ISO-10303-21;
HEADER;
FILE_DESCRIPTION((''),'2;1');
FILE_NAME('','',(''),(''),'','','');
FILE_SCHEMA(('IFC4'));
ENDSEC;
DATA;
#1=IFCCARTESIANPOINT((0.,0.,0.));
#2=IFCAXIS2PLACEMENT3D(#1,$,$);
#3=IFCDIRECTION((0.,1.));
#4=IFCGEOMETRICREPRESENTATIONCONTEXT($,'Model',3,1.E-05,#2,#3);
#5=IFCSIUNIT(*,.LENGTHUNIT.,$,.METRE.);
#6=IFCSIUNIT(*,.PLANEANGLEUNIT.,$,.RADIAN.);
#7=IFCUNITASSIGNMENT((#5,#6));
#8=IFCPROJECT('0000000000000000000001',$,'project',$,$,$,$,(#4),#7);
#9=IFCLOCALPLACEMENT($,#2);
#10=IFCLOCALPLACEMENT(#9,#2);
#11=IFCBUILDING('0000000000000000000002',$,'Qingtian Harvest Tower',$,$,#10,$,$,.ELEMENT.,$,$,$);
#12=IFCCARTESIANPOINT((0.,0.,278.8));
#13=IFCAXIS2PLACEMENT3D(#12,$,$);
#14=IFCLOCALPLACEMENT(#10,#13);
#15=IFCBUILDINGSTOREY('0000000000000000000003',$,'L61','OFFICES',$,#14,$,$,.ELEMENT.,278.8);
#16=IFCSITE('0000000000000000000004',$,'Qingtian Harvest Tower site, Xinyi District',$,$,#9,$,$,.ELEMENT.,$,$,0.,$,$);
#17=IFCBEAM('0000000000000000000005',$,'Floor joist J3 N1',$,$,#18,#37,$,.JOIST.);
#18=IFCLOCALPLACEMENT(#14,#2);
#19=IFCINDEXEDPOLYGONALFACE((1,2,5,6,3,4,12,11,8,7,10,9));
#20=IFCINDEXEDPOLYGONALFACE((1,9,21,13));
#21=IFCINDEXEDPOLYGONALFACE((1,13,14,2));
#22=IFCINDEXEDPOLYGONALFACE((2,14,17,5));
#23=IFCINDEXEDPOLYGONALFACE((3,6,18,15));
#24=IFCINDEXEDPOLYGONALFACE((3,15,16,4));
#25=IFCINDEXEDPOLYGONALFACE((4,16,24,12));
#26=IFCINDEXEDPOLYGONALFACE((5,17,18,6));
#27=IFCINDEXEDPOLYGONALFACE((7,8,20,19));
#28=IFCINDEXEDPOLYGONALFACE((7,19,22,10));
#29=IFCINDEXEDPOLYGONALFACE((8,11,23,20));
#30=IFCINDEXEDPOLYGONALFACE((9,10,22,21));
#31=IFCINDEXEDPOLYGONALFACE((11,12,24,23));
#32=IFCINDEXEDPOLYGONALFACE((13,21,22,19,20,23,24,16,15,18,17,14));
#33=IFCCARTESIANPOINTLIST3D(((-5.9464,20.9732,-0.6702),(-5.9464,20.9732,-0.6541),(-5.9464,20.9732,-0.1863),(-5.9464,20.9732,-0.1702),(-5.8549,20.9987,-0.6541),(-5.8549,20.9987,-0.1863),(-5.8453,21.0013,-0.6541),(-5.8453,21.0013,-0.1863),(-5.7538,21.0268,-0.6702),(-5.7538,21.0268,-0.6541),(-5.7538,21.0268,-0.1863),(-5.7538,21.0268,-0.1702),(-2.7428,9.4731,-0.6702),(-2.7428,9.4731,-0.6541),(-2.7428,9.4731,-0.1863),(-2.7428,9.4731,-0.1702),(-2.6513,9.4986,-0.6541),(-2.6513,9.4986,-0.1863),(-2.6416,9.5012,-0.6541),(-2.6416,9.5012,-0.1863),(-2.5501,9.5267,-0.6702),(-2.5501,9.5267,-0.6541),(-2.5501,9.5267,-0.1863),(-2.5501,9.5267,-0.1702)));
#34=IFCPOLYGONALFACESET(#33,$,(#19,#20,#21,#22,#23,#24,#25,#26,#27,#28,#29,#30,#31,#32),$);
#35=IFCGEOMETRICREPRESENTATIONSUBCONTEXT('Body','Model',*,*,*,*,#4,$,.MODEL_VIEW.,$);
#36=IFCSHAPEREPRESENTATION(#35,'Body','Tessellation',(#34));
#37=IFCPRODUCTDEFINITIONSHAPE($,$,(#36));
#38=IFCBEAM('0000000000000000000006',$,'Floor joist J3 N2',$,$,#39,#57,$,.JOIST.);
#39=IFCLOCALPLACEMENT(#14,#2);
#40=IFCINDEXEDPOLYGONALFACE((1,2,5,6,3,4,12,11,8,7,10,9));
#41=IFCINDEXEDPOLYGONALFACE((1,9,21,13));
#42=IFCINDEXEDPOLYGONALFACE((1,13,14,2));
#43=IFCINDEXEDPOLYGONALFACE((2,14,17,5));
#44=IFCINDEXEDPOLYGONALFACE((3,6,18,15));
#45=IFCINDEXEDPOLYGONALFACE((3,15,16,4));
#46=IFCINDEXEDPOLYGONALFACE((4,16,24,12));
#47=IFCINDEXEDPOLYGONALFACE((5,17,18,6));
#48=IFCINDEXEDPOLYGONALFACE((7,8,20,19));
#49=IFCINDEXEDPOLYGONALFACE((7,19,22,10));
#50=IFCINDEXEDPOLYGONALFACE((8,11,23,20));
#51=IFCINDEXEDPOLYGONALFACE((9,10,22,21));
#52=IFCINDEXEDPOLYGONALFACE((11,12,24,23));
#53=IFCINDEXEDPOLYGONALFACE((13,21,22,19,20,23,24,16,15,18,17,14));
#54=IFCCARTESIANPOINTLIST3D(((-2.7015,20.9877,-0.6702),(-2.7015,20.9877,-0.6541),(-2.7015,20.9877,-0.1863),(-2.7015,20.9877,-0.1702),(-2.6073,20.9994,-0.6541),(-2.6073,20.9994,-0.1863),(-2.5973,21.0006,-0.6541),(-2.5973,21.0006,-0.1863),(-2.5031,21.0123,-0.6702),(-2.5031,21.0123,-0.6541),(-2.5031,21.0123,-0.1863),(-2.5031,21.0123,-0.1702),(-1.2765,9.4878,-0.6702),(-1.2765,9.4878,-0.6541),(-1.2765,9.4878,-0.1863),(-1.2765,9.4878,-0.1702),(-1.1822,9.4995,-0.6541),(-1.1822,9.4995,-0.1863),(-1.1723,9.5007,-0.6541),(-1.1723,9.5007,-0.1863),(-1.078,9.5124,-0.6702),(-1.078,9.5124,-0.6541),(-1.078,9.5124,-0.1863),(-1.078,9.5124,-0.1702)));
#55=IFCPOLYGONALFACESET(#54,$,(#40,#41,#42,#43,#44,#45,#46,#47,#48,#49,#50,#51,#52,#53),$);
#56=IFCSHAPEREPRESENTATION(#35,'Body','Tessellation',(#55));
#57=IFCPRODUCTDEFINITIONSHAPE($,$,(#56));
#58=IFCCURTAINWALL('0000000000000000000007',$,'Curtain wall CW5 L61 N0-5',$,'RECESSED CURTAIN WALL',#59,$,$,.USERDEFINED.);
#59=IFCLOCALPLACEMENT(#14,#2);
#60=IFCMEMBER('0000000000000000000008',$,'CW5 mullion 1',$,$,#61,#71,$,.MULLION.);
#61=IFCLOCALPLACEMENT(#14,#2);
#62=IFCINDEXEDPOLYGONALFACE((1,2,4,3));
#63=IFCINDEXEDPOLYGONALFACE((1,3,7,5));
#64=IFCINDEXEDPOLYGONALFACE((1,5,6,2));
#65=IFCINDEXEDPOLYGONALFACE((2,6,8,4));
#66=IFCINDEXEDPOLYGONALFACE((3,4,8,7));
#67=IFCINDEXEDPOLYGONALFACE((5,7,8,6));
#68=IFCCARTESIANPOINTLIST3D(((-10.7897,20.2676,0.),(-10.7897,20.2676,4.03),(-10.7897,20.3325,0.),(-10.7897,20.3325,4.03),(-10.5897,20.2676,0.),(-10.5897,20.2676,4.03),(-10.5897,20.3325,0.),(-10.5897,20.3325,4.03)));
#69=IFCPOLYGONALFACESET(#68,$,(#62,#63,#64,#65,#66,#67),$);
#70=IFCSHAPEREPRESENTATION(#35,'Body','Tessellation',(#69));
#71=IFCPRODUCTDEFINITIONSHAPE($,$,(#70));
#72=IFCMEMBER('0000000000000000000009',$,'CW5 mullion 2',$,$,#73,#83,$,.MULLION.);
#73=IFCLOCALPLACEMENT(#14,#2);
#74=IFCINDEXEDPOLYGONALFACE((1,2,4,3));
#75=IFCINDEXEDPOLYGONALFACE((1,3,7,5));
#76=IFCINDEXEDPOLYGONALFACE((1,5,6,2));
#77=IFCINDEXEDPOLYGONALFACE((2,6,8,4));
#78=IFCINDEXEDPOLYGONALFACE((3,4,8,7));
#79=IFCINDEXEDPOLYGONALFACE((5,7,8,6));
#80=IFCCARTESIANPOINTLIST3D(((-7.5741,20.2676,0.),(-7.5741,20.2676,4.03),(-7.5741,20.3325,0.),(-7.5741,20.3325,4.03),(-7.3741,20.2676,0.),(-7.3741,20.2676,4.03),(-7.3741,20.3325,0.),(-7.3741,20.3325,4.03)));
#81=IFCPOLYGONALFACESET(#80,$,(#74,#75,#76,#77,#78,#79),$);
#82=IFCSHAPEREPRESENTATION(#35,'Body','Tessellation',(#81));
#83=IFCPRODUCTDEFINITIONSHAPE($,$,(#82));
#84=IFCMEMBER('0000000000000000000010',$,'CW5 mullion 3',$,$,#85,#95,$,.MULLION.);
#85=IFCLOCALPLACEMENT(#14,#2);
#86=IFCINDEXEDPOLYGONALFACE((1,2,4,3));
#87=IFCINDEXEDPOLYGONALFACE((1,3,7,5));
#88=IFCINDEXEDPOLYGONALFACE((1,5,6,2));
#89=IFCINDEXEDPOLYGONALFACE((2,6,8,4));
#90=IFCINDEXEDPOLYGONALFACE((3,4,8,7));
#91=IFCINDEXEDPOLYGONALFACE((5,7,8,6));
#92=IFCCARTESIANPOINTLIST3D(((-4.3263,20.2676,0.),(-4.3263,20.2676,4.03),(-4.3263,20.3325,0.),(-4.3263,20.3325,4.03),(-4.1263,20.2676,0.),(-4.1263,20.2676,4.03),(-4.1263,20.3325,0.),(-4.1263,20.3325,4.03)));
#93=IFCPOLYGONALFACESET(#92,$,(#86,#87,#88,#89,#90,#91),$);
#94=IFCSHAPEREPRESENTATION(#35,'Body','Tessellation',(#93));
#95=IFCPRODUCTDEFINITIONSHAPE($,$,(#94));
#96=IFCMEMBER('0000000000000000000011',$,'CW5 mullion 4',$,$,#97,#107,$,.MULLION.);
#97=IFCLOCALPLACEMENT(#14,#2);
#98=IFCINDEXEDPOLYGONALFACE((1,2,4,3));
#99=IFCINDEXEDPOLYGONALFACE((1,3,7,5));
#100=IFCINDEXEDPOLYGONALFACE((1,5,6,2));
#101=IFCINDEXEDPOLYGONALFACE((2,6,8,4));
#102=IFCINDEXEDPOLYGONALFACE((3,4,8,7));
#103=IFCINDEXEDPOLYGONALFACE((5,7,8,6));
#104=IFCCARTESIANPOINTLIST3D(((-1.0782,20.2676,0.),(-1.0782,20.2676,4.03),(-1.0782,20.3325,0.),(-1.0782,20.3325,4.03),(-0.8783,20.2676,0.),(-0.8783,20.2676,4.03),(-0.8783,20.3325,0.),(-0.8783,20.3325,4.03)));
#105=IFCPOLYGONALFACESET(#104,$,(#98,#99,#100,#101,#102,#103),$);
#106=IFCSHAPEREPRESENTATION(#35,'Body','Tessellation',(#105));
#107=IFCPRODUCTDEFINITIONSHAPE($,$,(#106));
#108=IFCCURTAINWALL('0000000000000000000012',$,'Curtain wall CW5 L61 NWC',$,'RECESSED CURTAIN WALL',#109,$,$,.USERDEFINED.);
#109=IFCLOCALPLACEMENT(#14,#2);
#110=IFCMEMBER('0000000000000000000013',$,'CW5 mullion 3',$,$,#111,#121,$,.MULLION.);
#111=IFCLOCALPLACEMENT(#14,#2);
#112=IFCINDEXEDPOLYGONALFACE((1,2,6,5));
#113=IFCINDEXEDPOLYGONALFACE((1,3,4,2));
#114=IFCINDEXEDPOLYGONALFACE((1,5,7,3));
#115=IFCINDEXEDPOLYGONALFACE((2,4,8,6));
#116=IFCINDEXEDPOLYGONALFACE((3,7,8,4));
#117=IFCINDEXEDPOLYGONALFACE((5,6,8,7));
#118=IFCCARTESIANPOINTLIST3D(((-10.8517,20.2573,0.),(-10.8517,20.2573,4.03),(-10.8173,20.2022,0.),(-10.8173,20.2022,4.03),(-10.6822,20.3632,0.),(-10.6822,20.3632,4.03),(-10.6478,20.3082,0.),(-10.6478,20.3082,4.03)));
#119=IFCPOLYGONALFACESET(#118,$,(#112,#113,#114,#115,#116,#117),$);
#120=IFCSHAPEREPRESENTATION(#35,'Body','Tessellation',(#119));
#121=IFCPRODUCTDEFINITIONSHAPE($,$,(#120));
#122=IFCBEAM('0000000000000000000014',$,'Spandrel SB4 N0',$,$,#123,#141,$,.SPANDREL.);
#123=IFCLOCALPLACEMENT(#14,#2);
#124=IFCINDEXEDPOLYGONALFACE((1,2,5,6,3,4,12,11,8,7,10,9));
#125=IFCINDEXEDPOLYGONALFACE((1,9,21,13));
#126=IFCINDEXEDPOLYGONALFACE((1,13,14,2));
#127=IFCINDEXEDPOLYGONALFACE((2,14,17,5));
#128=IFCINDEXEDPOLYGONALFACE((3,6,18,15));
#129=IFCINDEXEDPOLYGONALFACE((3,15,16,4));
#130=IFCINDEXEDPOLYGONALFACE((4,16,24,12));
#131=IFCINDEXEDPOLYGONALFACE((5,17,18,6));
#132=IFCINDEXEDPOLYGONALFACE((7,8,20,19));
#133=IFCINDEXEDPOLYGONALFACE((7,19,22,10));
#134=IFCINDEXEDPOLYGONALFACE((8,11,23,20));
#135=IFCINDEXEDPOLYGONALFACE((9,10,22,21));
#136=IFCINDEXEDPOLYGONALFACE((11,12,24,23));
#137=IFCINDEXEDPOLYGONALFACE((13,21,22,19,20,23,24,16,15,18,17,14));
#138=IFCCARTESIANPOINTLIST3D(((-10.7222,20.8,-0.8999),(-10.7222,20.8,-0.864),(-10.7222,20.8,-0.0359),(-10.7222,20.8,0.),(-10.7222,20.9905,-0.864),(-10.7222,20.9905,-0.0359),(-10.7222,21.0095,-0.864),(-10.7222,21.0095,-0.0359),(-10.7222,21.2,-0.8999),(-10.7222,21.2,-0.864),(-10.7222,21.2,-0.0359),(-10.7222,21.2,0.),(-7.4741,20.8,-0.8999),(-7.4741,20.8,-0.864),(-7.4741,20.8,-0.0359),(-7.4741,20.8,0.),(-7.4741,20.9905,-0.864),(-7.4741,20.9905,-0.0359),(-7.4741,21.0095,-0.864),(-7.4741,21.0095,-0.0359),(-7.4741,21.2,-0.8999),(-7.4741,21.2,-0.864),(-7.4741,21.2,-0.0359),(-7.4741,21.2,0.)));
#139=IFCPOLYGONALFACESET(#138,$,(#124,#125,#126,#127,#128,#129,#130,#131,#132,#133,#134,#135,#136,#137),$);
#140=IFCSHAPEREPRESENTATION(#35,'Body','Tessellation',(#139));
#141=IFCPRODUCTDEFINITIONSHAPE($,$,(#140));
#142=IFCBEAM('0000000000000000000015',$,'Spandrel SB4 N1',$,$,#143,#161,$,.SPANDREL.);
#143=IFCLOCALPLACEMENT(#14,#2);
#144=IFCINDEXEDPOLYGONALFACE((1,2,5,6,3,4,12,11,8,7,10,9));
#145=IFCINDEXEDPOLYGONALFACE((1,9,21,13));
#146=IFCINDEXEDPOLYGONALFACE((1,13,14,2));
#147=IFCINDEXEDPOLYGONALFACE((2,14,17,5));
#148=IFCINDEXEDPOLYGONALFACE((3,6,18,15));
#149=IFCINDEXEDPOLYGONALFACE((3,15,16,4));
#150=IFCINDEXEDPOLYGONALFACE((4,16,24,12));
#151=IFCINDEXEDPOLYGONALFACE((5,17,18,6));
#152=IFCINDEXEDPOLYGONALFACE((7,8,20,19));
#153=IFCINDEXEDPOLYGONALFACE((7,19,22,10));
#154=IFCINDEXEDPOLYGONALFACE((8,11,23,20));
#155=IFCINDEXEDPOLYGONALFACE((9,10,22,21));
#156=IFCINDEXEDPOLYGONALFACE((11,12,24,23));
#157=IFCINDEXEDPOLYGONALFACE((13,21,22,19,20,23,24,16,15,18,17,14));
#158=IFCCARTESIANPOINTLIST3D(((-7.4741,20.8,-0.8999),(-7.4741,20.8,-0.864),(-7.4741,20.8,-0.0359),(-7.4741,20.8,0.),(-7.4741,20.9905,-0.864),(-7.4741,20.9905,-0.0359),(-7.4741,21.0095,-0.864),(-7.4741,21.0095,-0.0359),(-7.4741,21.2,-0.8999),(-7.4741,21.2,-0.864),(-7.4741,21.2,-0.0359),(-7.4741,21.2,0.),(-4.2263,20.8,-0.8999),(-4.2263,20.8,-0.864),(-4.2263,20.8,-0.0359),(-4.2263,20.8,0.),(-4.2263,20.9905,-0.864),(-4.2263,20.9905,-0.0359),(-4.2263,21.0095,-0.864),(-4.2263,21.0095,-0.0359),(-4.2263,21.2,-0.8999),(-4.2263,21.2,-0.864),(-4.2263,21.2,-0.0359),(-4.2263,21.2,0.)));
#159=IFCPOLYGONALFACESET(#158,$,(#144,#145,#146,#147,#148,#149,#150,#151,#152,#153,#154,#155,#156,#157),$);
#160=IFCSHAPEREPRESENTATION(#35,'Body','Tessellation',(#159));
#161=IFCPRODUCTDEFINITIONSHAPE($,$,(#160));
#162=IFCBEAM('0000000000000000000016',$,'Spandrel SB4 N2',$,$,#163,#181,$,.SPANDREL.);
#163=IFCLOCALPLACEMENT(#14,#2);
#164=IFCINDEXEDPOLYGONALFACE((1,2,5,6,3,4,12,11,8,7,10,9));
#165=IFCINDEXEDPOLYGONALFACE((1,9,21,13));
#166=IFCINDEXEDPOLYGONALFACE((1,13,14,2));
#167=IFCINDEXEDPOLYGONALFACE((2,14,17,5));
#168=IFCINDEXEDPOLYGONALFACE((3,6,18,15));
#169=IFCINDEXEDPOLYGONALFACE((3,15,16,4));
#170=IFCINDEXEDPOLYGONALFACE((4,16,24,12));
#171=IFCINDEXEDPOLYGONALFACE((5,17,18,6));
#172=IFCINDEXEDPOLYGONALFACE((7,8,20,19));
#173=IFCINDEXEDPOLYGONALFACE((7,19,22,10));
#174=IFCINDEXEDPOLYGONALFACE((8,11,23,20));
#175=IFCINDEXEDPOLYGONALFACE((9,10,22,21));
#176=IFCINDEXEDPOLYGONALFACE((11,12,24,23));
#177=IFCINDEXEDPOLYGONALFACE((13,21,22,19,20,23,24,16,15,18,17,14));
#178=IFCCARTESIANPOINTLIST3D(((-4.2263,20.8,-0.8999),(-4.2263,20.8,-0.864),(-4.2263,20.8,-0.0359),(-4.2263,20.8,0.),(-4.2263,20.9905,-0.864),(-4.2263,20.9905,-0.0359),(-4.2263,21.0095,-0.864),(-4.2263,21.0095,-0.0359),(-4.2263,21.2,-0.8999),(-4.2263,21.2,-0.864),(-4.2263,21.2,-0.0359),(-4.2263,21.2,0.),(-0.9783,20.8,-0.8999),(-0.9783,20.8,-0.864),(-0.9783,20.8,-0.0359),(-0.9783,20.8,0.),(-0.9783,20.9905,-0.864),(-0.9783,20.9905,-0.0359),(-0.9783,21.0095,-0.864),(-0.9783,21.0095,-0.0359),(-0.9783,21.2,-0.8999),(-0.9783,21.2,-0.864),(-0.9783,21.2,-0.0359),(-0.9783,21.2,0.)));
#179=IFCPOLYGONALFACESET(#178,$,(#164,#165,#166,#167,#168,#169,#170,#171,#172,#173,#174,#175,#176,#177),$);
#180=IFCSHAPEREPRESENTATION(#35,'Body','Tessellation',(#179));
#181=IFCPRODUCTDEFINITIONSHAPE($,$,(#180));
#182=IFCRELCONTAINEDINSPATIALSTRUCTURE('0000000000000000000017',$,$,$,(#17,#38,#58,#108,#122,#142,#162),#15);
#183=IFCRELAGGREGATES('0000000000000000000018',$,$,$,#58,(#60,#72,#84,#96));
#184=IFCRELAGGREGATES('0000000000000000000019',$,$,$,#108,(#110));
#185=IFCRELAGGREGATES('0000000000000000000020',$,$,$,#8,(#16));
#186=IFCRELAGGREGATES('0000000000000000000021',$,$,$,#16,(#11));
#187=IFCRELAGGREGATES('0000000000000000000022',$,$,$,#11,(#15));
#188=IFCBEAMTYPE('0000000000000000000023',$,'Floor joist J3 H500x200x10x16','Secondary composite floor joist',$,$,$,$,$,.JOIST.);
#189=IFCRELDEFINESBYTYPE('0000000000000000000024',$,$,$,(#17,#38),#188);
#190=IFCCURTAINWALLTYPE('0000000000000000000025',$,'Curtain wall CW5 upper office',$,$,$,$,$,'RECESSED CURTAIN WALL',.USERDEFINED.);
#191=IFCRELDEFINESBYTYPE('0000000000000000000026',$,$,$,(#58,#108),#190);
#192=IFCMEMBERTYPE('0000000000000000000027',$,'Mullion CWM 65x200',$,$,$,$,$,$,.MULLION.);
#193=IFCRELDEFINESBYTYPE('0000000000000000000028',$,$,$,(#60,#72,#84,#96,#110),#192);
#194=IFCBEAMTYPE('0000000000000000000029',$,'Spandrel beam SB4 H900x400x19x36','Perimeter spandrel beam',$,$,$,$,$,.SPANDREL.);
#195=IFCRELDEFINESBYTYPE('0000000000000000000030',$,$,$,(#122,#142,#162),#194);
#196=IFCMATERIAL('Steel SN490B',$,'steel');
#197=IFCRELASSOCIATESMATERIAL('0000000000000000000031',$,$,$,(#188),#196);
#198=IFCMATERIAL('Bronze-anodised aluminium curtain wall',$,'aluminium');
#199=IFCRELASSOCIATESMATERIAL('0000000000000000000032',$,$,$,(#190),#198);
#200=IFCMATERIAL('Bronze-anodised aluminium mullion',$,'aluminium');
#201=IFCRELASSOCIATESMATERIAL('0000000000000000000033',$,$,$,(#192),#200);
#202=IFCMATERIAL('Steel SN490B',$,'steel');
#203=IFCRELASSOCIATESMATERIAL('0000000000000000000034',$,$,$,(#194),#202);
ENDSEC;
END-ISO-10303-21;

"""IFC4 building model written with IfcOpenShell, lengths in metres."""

from ifc_helpers import new_model, si_unit, direction, frame, origin, origin_2d, place, context, subcontext, project, spatial, rectangle, i_section, extrude, material, material_profile, profile_set, type_object, element, aggregate, save


model = new_model("IFC4")

# Units and contexts
model_context = context("Model", 3, precision=1e-05, world=origin(), true_north=direction((0.0, 1.0)))
body_context = subcontext(model_context, "Body", "Model", "MODEL_VIEW")
ifc_project = project(units=[si_unit("LENGTHUNIT", "METRE"), si_unit("PLANEANGLEUNIT", "RADIAN")], contexts=[model_context])

# Site, building, storey
site_placement = place(None, origin())
site = spatial("IfcSite", under=ifc_project, at=site_placement, Name="Qingtian Harvest Tower site, Xinyi District", CompositionType="ELEMENT", RefElevation=0.0)
building_placement = place(site_placement, origin())
building = spatial("IfcBuilding", under=site, at=building_placement, Name="Qingtian Harvest Tower", CompositionType="ELEMENT")
storey_placement = place(building_placement, frame((0.0, 0.0, 278.8)))
storey = spatial("IfcBuildingStorey", under=building, at=storey_placement, Name="L61", Description="OFFICES", CompositionType="ELEMENT", Elevation=278.8)

# Beams
ifc_material_1 = material(Name="Steel SN490B", Category="steel")
ifc_material_profile_1 = material_profile(ifc_material_1, i_section(OverallWidth=0.2, OverallDepth=0.5, WebThickness=0.01, FlangeThickness=0.0161, at=origin_2d()), Name="H500x200x10x16")
ifc_profile_set_1 = profile_set([ifc_material_profile_1], Name="Steel SN490B")
beam_type_1 = type_object("IfcBeamType", Name="Floor joist J3 H500x200x10x16", Description="Secondary composite floor joist", PredefinedType="JOIST", material=ifc_profile_set_1)
beam_1_placement = place(storey_placement, frame((-5.8501, 21.0, -0.4202), z_axis=(0.268357, -0.96332, 0.0), x_axis=(0.96332, 0.268357, 0.0)))
element("IfcBeam", 1, at=beam_1_placement, inside=storey, type_object=beam_type_1, Name="Floor joist J3 N1", PredefinedType="JOIST", context=body_context, shape_type="SweptSolid", body=[
    extrude(i_section(OverallWidth=0.2, OverallDepth=0.5, WebThickness=0.01, FlangeThickness=0.0161, at=origin_2d()), origin(), (0.0, 0.0, 1.0), 11.938),
])
beam_2_placement = place(storey_placement, frame((-2.6023, 21.0, -0.4202), z_axis=(0.122977, -0.99241, 0.0), x_axis=(0.99241, 0.122977, 0.0)))
element("IfcBeam", 2, at=beam_2_placement, inside=storey, type_object=beam_type_1, Name="Floor joist J3 N2", PredefinedType="JOIST", context=body_context, shape_type="SweptSolid", body=[
    extrude(i_section(OverallWidth=0.2, OverallDepth=0.5, WebThickness=0.01, FlangeThickness=0.0161, at=origin_2d()), origin(), (0.0, 0.0, 1.0), 11.5879),
])

# Curtain wall, members
ifc_material_2 = material(Name="Bronze-anodised aluminium curtain wall", Category="aluminium")
curtain_wall_type = type_object("IfcCurtainWallType", Name="Curtain wall CW5 upper office", ElementType="RECESSED CURTAIN WALL", PredefinedType="USERDEFINED", material=ifc_material_2)
curtain_wall_1_placement = place(storey_placement, origin())
curtain_wall_1 = element("IfcCurtainWall", 3, at=curtain_wall_1_placement, inside=storey, type_object=curtain_wall_type, Name="Curtain wall CW5 L61 N0-5", ObjectType="RECESSED CURTAIN WALL", PredefinedType="USERDEFINED")
ifc_material_3 = material(Name="Bronze-anodised aluminium mullion", Category="aluminium")
ifc_material_profile_2 = material_profile(ifc_material_3, rectangle(XDim=0.0649, YDim=0.2, at=origin_2d()), Name="AL 65x200")
ifc_profile_set_2 = profile_set([ifc_material_profile_2], Name="Bronze-anodised aluminium mullion")
member_type_1 = type_object("IfcMemberType", Name="Mullion CWM 65x200", PredefinedType="MULLION", material=ifc_profile_set_2)
member_1_placement = place(storey_placement, frame((-10.6897, 20.3, 0.0), z_axis=(0.0, 0.0, 1.0), x_axis=(0.0, 1.0, 0.0)))
member_1 = element("IfcMember", 4, at=member_1_placement, type_object=member_type_1, Name="CW5 mullion 1", PredefinedType="MULLION", context=body_context, shape_type="SweptSolid", body=[
    extrude(rectangle(XDim=0.0649, YDim=0.2, at=origin_2d()), origin(), (0.0, 0.0, 1.0), 4.03),
])
member_2_placement = place(storey_placement, frame((-7.4741, 20.3, 0.0), z_axis=(0.0, 0.0, 1.0), x_axis=(0.0, 1.0, 0.0)))
member_2 = element("IfcMember", 5, at=member_2_placement, type_object=member_type_1, Name="CW5 mullion 2", PredefinedType="MULLION", context=body_context, shape_type="SweptSolid", body=[
    extrude(rectangle(XDim=0.0649, YDim=0.2, at=origin_2d()), origin(), (0.0, 0.0, 1.0), 4.03),
])
member_3_placement = place(storey_placement, frame((-4.2263, 20.3, 0.0), z_axis=(0.0, 0.0, 1.0), x_axis=(0.0, 1.0, 0.0)))
member_3 = element("IfcMember", 6, at=member_3_placement, type_object=member_type_1, Name="CW5 mullion 3", PredefinedType="MULLION", context=body_context, shape_type="SweptSolid", body=[
    extrude(rectangle(XDim=0.0649, YDim=0.2, at=origin_2d()), origin(), (0.0, 0.0, 1.0), 4.03),
])
member_4_placement = place(storey_placement, frame((-0.9783, 20.3, 0.0), z_axis=(0.0, 0.0, 1.0), x_axis=(0.0, 1.0, 0.0)))
member_4 = element("IfcMember", 7, at=member_4_placement, type_object=member_type_1, Name="CW5 mullion 4", PredefinedType="MULLION", context=body_context, shape_type="SweptSolid", body=[
    extrude(rectangle(XDim=0.0649, YDim=0.2, at=origin_2d()), origin(), (0.0, 0.0, 1.0), 4.03),
])

# Curtain wall, member
curtain_wall_2_placement = place(storey_placement, origin())
curtain_wall_2 = element("IfcCurtainWall", 8, at=curtain_wall_2_placement, inside=storey, type_object=curtain_wall_type, Name="Curtain wall CW5 L61 NWC", ObjectType="RECESSED CURTAIN WALL", PredefinedType="USERDEFINED")
member_5_placement = place(storey_placement, frame((-10.7498, 20.2827, 0.0), z_axis=(0.0, 0.0, 1.0), x_axis=(-0.529919, 0.848048, 0.0)))
member_5 = element("IfcMember", 9, at=member_5_placement, type_object=member_type_1, Name="CW5 mullion 3", PredefinedType="MULLION", context=body_context, shape_type="SweptSolid", body=[
    extrude(rectangle(XDim=0.0649, YDim=0.2, at=origin_2d()), origin(), (0.0, 0.0, 1.0), 4.03),
])

# Beams
ifc_material_4 = material(Name="Steel SN490B", Category="steel")
ifc_material_profile_3 = material_profile(ifc_material_4, i_section(OverallWidth=0.3999, OverallDepth=0.8999, WebThickness=0.019, FlangeThickness=0.0359, at=origin_2d()), Name="H900x400x19x36")
ifc_profile_set_3 = profile_set([ifc_material_profile_3], Name="Steel SN490B")
beam_type_2 = type_object("IfcBeamType", Name="Spandrel beam SB4 H900x400x19x36", Description="Perimeter spandrel beam", PredefinedType="SPANDREL", material=ifc_profile_set_3)
beam_3_placement = place(storey_placement, frame((-10.7222, 21.0, -0.45), z_axis=(1.0, 0.0, 0.0), x_axis=(0.0, 1.0, 0.0)))
element("IfcBeam", 10, at=beam_3_placement, inside=storey, type_object=beam_type_2, Name="Spandrel SB4 N0", PredefinedType="SPANDREL", context=body_context, shape_type="SweptSolid", body=[
    extrude(i_section(OverallWidth=0.3999, OverallDepth=0.8999, WebThickness=0.019, FlangeThickness=0.0359, at=origin_2d()), origin(), (0.0, 0.0, 1.0), 3.248),
])
beam_4_placement = place(storey_placement, frame((-7.4741, 21.0, -0.45), z_axis=(1.0, 0.0, 0.0), x_axis=(0.0, 1.0, 0.0)))
element("IfcBeam", 11, at=beam_4_placement, inside=storey, type_object=beam_type_2, Name="Spandrel SB4 N1", PredefinedType="SPANDREL", context=body_context, shape_type="SweptSolid", body=[
    extrude(i_section(OverallWidth=0.3999, OverallDepth=0.8999, WebThickness=0.019, FlangeThickness=0.0359, at=origin_2d()), origin(), (0.0, 0.0, 1.0), 3.2478),
])
for number, where, z_axis, x_axis, name in (
    (12, (-4.2263, 21.0, -0.45), (1.0, 0.0, 0.0), (0.0, 1.0, 0.0), "Spandrel SB4 N2"),
):
    element("IfcBeam", number, at=place(storey_placement, frame(where, z_axis=z_axis, x_axis=x_axis)), inside=storey, type_object=beam_type_2, Name=name, PredefinedType="SPANDREL", context=body_context, shape_type="SweptSolid", body=[
        extrude(i_section(OverallWidth=0.3999, OverallDepth=0.8999, WebThickness=0.019, FlangeThickness=0.0359, at=origin_2d()), origin(), (0.0, 0.0, 1.0), 3.248),
    ])

aggregate(curtain_wall_1, [member_1, member_2, member_3, member_4])
aggregate(curtain_wall_2, [member_5])

save(model, "model.ifc")
